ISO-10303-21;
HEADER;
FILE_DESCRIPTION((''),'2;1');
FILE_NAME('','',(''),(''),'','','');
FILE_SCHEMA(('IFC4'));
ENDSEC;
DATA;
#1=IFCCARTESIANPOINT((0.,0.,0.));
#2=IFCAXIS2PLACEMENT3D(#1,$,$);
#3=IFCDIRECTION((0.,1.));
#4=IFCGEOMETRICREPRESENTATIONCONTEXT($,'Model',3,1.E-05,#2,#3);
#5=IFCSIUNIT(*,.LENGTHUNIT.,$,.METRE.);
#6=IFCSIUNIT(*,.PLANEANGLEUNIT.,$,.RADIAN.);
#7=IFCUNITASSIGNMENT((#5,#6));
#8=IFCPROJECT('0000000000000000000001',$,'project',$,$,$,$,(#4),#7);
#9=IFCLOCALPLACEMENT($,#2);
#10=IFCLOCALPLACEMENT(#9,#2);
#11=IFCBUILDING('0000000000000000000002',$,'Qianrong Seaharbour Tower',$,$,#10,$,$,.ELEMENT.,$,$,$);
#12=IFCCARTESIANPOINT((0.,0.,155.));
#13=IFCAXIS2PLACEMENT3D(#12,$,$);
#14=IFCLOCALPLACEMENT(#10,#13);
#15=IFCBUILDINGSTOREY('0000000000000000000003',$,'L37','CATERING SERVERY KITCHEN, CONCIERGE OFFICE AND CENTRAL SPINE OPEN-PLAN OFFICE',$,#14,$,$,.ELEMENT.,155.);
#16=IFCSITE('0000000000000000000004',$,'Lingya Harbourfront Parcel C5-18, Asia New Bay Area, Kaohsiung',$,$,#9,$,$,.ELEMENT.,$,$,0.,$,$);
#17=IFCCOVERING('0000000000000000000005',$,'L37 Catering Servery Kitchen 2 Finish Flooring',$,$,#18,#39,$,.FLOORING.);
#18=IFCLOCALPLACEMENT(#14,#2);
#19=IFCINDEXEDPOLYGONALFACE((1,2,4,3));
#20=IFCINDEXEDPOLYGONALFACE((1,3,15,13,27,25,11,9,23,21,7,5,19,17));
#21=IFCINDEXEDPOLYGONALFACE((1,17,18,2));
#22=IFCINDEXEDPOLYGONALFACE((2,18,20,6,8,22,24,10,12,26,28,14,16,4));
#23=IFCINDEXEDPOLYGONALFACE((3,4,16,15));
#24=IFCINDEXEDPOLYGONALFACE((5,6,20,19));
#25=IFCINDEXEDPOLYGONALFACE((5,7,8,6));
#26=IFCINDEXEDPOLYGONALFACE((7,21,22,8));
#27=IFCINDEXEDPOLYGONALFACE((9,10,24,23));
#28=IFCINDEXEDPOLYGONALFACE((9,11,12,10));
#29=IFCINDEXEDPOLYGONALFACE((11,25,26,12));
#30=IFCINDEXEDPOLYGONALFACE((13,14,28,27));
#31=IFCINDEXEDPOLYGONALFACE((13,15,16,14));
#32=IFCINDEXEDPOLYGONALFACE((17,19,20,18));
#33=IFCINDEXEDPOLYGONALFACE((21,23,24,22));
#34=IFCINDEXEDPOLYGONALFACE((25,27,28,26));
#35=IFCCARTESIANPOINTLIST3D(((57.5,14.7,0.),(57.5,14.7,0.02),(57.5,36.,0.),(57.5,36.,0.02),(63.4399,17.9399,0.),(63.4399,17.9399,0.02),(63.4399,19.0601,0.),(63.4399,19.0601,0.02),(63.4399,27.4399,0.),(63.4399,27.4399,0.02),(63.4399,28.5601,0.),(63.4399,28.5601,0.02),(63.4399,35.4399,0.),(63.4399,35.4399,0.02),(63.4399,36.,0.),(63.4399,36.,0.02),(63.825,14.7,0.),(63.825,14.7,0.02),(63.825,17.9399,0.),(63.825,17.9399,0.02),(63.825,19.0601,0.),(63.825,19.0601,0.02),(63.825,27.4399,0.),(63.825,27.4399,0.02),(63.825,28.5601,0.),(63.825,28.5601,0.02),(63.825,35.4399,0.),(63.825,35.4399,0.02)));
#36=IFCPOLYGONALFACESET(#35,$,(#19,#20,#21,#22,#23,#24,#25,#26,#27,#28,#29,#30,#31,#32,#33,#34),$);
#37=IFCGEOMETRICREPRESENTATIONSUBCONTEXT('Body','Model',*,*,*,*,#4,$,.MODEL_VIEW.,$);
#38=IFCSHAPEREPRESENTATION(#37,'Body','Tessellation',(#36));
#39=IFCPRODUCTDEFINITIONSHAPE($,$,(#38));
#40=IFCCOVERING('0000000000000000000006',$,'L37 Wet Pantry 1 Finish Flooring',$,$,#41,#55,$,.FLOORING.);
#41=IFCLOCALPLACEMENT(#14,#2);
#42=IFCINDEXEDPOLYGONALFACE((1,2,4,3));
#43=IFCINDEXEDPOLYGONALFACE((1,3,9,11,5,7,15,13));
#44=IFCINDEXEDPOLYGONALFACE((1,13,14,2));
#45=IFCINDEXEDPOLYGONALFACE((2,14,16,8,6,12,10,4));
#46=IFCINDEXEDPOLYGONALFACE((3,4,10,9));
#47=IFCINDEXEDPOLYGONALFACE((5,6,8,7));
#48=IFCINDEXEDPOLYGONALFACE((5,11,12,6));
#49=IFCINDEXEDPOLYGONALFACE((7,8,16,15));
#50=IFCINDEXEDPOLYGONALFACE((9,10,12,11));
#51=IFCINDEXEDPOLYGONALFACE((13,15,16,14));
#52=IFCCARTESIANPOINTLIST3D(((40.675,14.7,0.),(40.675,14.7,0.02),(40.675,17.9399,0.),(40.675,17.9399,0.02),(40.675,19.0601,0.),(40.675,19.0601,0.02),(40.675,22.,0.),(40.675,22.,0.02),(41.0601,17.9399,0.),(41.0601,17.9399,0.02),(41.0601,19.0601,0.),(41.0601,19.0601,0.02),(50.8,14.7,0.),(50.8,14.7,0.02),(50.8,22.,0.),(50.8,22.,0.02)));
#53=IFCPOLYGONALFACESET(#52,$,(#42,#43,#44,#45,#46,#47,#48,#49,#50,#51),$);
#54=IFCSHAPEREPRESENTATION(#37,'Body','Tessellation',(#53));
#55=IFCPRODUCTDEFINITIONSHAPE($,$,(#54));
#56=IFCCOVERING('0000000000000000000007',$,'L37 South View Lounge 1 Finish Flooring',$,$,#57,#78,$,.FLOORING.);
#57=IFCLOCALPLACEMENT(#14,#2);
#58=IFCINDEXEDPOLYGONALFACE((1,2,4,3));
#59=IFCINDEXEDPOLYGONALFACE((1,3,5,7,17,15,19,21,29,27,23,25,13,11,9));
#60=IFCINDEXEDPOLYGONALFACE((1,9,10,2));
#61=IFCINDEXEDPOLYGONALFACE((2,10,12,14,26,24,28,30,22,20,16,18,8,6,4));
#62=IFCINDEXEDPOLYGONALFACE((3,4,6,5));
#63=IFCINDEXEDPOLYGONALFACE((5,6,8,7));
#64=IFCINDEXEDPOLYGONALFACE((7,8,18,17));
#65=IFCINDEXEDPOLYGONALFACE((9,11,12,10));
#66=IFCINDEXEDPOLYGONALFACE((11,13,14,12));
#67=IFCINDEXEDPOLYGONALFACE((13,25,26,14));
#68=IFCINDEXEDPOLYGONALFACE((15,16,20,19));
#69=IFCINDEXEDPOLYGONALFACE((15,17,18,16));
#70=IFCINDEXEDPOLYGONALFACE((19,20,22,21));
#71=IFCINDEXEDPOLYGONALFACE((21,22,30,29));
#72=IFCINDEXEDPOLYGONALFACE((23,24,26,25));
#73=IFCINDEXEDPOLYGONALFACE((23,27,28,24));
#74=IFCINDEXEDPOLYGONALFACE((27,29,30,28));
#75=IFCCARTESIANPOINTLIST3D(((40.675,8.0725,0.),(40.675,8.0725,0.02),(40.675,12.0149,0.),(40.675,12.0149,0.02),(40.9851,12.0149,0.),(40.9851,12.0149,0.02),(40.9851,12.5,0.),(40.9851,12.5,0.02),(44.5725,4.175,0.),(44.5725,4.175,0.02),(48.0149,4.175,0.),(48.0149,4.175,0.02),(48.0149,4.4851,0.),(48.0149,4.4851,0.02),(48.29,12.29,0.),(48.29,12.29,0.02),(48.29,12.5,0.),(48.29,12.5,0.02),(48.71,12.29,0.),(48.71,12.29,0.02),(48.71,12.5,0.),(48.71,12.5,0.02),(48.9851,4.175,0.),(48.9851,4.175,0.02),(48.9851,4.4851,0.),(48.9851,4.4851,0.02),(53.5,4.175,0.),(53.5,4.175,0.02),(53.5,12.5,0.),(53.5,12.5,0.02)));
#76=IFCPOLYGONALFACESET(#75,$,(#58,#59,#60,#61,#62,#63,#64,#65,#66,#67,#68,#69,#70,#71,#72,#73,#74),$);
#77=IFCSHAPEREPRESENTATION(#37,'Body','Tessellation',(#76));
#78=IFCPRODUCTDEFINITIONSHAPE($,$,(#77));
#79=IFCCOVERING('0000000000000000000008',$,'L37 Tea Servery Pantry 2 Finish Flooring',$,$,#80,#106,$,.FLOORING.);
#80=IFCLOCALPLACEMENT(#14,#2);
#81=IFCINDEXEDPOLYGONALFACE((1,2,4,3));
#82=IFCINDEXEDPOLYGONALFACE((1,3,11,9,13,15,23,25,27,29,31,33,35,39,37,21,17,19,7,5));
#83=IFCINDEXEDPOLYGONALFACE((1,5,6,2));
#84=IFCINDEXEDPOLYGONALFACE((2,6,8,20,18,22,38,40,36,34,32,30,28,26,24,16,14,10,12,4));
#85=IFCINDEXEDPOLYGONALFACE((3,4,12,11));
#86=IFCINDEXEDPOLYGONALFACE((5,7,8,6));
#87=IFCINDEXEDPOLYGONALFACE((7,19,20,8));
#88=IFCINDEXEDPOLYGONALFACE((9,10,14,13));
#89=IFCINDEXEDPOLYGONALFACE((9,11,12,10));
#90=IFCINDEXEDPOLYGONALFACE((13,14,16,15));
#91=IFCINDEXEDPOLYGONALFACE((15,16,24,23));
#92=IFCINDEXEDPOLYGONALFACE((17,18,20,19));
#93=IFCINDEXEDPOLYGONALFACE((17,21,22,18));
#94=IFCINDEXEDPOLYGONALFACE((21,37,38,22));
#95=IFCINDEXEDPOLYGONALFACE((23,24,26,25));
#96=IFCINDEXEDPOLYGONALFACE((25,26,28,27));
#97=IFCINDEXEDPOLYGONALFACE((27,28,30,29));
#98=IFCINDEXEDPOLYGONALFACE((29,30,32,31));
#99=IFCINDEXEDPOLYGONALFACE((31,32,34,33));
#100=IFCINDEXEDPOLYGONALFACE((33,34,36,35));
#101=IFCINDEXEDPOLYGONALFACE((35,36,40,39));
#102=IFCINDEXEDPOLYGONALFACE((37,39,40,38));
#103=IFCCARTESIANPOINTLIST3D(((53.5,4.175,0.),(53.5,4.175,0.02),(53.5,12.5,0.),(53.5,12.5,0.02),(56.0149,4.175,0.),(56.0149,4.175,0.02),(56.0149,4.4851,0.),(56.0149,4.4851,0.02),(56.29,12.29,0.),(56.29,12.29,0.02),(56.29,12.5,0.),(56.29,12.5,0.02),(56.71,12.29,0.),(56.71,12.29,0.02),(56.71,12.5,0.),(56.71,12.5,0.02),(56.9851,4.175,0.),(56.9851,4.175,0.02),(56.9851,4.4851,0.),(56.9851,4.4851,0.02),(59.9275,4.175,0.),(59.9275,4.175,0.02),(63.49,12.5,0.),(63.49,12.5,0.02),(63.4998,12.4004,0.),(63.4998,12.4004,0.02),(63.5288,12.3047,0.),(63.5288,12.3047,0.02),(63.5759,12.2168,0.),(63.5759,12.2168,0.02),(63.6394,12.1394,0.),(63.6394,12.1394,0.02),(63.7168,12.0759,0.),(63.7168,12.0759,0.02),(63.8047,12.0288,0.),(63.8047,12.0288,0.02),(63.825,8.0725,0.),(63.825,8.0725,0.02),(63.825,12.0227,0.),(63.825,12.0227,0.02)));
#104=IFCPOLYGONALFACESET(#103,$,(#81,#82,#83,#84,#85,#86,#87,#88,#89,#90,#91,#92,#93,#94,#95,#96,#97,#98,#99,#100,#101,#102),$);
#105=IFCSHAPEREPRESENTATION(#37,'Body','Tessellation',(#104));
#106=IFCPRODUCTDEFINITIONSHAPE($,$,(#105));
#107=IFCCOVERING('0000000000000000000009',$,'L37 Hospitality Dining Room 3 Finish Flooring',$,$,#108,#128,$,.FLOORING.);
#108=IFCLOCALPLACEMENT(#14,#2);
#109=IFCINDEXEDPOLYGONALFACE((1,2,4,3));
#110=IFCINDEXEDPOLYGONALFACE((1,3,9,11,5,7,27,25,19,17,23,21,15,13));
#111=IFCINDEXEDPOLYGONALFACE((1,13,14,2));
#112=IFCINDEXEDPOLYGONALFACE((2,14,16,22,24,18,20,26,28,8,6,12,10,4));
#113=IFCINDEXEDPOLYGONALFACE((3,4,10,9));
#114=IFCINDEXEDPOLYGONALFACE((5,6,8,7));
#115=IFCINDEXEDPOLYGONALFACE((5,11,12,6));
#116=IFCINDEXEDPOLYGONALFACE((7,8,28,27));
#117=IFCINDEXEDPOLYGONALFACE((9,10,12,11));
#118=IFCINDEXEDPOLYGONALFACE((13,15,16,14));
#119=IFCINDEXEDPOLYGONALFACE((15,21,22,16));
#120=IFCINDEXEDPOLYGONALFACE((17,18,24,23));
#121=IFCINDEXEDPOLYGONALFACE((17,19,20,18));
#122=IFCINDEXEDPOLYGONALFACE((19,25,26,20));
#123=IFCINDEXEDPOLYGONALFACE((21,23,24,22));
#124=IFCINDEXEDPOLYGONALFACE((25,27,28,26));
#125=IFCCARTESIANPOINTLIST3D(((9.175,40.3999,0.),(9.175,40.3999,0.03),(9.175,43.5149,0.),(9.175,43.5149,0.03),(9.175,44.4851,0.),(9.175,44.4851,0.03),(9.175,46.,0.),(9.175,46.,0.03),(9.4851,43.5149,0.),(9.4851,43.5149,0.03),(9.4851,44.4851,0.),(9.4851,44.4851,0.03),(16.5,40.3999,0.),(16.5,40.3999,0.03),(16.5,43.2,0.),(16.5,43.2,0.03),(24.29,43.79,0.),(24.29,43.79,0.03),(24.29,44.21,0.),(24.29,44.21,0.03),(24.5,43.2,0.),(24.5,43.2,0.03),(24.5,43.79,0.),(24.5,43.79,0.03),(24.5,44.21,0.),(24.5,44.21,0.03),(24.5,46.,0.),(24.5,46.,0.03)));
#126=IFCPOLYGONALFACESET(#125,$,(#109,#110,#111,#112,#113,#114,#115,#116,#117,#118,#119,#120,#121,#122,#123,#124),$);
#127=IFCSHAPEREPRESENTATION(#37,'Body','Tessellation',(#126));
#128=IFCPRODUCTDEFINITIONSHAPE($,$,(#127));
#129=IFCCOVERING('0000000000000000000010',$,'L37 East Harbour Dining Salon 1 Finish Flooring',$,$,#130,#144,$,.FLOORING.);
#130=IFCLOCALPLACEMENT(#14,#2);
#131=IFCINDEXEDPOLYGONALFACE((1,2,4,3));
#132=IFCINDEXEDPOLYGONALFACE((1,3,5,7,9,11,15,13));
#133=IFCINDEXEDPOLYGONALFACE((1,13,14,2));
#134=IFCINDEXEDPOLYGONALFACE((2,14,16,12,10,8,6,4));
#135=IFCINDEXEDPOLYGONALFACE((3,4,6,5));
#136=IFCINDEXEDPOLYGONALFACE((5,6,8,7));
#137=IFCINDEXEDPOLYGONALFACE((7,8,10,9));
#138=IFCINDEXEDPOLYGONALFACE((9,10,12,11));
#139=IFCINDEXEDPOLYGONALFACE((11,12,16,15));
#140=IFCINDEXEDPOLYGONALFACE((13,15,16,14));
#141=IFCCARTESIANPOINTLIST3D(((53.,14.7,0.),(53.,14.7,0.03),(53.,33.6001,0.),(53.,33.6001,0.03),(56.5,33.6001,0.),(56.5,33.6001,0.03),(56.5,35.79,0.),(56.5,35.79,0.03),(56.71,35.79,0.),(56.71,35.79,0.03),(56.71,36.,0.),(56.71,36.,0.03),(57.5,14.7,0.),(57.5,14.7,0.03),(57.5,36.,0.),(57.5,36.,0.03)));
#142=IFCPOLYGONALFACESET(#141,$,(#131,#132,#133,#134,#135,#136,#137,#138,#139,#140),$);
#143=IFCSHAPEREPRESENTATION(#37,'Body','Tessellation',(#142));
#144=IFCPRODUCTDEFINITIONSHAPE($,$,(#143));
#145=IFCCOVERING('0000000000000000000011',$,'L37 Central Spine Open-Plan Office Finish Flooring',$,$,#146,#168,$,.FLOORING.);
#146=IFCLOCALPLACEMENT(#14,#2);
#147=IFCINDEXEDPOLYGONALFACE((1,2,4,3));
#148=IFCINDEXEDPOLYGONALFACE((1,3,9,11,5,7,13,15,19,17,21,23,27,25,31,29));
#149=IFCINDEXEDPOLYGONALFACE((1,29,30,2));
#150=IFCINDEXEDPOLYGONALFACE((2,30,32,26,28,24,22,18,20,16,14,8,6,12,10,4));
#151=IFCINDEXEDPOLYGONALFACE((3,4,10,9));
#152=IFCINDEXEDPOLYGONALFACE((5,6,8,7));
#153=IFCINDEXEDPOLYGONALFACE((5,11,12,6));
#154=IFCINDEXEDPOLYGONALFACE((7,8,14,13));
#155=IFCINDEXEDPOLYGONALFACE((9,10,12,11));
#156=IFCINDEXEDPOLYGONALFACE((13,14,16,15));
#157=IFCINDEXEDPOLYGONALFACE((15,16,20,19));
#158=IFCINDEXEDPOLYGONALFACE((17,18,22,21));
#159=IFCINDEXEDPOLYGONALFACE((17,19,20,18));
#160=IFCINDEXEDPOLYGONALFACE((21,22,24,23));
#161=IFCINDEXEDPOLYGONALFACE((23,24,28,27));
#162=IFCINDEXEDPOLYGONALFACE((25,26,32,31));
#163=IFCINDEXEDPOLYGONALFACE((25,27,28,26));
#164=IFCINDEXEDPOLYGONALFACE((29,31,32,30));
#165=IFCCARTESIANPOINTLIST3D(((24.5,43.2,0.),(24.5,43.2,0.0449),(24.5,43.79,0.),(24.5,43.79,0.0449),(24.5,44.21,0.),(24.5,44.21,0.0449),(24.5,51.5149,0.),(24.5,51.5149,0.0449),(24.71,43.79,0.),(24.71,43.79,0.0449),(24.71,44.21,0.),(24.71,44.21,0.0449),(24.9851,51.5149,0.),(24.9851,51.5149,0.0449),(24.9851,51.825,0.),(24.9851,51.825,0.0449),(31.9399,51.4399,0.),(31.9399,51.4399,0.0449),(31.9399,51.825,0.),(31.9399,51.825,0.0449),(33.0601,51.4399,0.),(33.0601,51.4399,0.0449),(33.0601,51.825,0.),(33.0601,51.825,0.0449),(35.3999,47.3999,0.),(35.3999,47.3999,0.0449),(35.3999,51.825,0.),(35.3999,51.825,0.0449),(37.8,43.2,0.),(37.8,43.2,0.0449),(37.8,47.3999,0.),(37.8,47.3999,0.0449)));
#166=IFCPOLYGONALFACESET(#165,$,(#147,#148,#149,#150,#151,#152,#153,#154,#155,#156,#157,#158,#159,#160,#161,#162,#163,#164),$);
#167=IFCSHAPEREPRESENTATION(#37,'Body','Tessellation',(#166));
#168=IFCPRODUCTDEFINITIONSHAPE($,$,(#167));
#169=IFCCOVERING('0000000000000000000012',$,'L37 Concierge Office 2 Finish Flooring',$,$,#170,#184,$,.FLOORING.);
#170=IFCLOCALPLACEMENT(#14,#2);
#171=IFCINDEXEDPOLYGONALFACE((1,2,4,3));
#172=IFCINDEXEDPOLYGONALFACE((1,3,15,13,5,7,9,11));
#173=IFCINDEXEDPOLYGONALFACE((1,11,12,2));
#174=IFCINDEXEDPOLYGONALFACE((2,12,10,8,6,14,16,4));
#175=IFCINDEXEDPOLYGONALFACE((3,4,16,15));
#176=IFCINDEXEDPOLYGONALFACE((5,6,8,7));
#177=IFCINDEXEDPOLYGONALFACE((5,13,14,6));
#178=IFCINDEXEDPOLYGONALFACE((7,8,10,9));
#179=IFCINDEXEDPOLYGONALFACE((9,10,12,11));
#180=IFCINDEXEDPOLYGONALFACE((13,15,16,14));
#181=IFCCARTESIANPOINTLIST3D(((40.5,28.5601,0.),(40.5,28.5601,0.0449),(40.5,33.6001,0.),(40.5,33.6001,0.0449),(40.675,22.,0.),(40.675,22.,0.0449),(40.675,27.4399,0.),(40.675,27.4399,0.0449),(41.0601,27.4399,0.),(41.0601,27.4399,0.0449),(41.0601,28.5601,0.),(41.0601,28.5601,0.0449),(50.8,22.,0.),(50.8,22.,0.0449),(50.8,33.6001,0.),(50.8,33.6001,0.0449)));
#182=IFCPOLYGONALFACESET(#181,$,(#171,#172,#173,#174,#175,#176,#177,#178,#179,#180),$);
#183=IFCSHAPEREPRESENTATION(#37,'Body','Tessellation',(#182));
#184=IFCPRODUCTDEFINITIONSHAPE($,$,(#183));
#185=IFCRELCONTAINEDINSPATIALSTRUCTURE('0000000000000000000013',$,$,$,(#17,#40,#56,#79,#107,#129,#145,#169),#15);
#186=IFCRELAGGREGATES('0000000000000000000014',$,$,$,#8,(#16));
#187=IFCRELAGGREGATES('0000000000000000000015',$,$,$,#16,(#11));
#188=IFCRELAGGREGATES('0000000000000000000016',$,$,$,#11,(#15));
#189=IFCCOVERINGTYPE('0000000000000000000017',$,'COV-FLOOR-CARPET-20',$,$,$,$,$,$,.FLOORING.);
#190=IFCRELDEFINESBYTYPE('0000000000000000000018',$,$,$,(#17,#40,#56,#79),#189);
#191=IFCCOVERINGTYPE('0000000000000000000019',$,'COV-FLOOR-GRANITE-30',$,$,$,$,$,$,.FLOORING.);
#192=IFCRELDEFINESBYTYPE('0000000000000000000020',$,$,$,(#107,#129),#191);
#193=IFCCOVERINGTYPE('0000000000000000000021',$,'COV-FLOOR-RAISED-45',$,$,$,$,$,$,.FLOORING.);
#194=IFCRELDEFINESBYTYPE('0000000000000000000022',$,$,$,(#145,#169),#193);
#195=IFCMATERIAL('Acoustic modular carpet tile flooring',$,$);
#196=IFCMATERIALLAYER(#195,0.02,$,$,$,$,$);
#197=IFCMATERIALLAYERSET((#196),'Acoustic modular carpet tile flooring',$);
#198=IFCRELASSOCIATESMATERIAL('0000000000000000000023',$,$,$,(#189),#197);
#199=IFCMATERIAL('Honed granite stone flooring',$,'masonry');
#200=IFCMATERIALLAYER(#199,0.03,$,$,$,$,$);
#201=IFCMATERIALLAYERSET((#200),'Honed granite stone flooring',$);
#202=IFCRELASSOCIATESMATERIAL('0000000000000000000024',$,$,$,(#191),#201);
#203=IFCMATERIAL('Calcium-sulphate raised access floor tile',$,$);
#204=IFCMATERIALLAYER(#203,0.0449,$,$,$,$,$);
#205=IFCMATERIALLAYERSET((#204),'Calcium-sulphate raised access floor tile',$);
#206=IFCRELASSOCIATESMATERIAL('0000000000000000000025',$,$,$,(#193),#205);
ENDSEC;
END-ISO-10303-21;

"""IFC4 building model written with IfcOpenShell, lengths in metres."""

from ifc_helpers import new_model, si_unit, direction, frame, origin, place, context, subcontext, project, spatial, polyline, outline, extrude, material, layer, layer_set, type_object, element, save


model = new_model("IFC4")

# Units and contexts
model_context = context("Model", 3, precision=1e-05, world=origin(), true_north=direction((0.0, 1.0)))
body_context = subcontext(model_context, "Body", "Model", "MODEL_VIEW")
ifc_project = project(units=[si_unit("LENGTHUNIT", "METRE"), si_unit("PLANEANGLEUNIT", "RADIAN")], contexts=[model_context])

# Site, building, storey
site_placement = place(None, origin())
site = spatial("IfcSite", under=ifc_project, at=site_placement, Name="Lingya Harbourfront Parcel C5-18, Asia New Bay Area, Kaohsiung", CompositionType="ELEMENT", RefElevation=0.0)
building_placement = place(site_placement, origin())
building = spatial("IfcBuilding", under=site, at=building_placement, Name="Qianrong Seaharbour Tower", CompositionType="ELEMENT")
storey_placement = place(building_placement, frame((0.0, 0.0, 155.0)))
storey = spatial("IfcBuildingStorey", under=building, at=storey_placement, Name="L37", Description="CATERING SERVERY KITCHEN, CONCIERGE OFFICE AND CENTRAL SPINE OPEN-PLAN OFFICE", CompositionType="ELEMENT", Elevation=155.0)

# Coverings
ifc_material_1 = material(Name="Acoustic modular carpet tile flooring")
ifc_layer_1 = layer(ifc_material_1, 0.02)
ifc_layer_set_1 = layer_set([ifc_layer_1], Name="Acoustic modular carpet tile flooring")
covering_type_1 = type_object("IfcCoveringType", Name="COV-FLOOR-CARPET-20", PredefinedType="FLOORING", material=ifc_layer_set_1)
covering_1_placement = place(storey_placement, origin())
element("IfcCovering", 1, at=covering_1_placement, inside=storey, type_object=covering_type_1, Name="L37 Catering Servery Kitchen 2 Finish Flooring", PredefinedType="FLOORING", context=body_context, shape_type="SweptSolid", body=[
    extrude(outline(polyline([(63.4399, 36.0), (63.4399, 35.4399), (63.825, 35.4399), (63.825, 28.5601), (63.4399, 28.5601), (63.4399, 27.4399), (63.825, 27.4399), (63.825, 19.0601), (63.4399, 19.0601), (63.4399, 17.9399), (63.825, 17.9399), (63.825, 14.7), (57.5, 14.7), (57.5, 36.0), (63.4399, 36.0)])), origin(), (0.0, 0.0, 1.0), 0.02),
])
covering_2_placement = place(storey_placement, origin())
element("IfcCovering", 2, at=covering_2_placement, inside=storey, type_object=covering_type_1, Name="L37 Wet Pantry 1 Finish Flooring", PredefinedType="FLOORING", context=body_context, shape_type="SweptSolid", body=[
    extrude(outline(polyline([(40.675, 14.7), (40.675, 17.9399), (41.0601, 17.9399), (41.0601, 19.0601), (40.675, 19.0601), (40.675, 22.0), (50.8, 22.0), (50.8, 14.7), (40.675, 14.7)])), origin(), (0.0, 0.0, 1.0), 0.02),
])
covering_3_placement = place(storey_placement, origin())
element("IfcCovering", 3, at=covering_3_placement, inside=storey, type_object=covering_type_1, Name="L37 South View Lounge 1 Finish Flooring", PredefinedType="FLOORING", context=body_context, shape_type="SweptSolid", body=[
    extrude(outline(polyline([(48.9851, 4.175), (48.9851, 4.4851), (48.0149, 4.4851), (48.0149, 4.175), (44.5725, 4.175), (40.675, 8.0725), (40.675, 12.0149), (40.9851, 12.0149), (40.9851, 12.5), (48.29, 12.5), (48.29, 12.29), (48.71, 12.29), (48.71, 12.5), (53.5, 12.5), (53.5, 4.175), (48.9851, 4.175)])), origin(), (0.0, 0.0, 1.0), 0.02),
])
covering_4_placement = place(storey_placement, origin())
element("IfcCovering", 4, at=covering_4_placement, inside=storey, type_object=covering_type_1, Name="L37 Tea Servery Pantry 2 Finish Flooring", PredefinedType="FLOORING", context=body_context, shape_type="SweptSolid", body=[
    extrude(outline(polyline([(63.825, 8.0725), (59.9275, 4.175), (56.9851, 4.175), (56.9851, 4.4851), (56.0149, 4.4851), (56.0149, 4.175), (53.5, 4.175), (53.5, 12.5), (56.29, 12.5), (56.29, 12.29), (56.71, 12.29), (56.71, 12.5), (63.49, 12.5), (63.4998, 12.4004), (63.5288, 12.3047), (63.5759, 12.2168), (63.6394, 12.1394), (63.7168, 12.0759), (63.8047, 12.0288), (63.825, 12.0227), (63.825, 8.0725)])), origin(), (0.0, 0.0, 1.0), 0.02),
])
ifc_material_2 = material(Name="Honed granite stone flooring", Category="masonry")
ifc_layer_2 = layer(ifc_material_2, 0.03)
ifc_layer_set_2 = layer_set([ifc_layer_2], Name="Honed granite stone flooring")
covering_type_2 = type_object("IfcCoveringType", Name="COV-FLOOR-GRANITE-30", PredefinedType="FLOORING", material=ifc_layer_set_2)
covering_5_placement = place(storey_placement, origin())
element("IfcCovering", 5, at=covering_5_placement, inside=storey, type_object=covering_type_2, Name="L37 Hospitality Dining Room 3 Finish Flooring", PredefinedType="FLOORING", context=body_context, shape_type="SweptSolid", body=[
    extrude(outline(polyline([(16.5, 43.2), (16.5, 40.3999), (9.175, 40.3999), (9.175, 43.5149), (9.4851, 43.5149), (9.4851, 44.4851), (9.175, 44.4851), (9.175, 46.0), (24.5, 46.0), (24.5, 44.21), (24.29, 44.21), (24.29, 43.79), (24.5, 43.79), (24.5, 43.2), (16.5, 43.2)])), origin(), (0.0, 0.0, 1.0), 0.03),
])
covering_6_placement = place(storey_placement, origin())
element("IfcCovering", 6, at=covering_6_placement, inside=storey, type_object=covering_type_2, Name="L37 East Harbour Dining Salon 1 Finish Flooring", PredefinedType="FLOORING", context=body_context, shape_type="SweptSolid", body=[
    extrude(outline(polyline([(56.5, 33.6001), (56.5, 35.79), (56.71, 35.79), (56.71, 36.0), (57.5, 36.0), (57.5, 14.7), (53.0, 14.7), (53.0, 33.6001), (56.5, 33.6001)])), origin(), (0.0, 0.0, 1.0), 0.03),
])
ifc_material_3 = material(Name="Calcium-sulphate raised access floor tile")
ifc_layer_3 = layer(ifc_material_3, 0.0449)
ifc_layer_set_3 = layer_set([ifc_layer_3], Name="Calcium-sulphate raised access floor tile")
covering_type_3 = type_object("IfcCoveringType", Name="COV-FLOOR-RAISED-45", PredefinedType="FLOORING", material=ifc_layer_set_3)
covering_7_placement = place(storey_placement, origin())
element("IfcCovering", 7, at=covering_7_placement, inside=storey, type_object=covering_type_3, Name="L37 Central Spine Open-Plan Office Finish Flooring", PredefinedType="FLOORING", context=body_context, shape_type="SweptSolid", body=[
    extrude(outline(polyline([(31.9399, 51.825), (31.9399, 51.4399), (33.0601, 51.4399), (33.0601, 51.825), (35.3999, 51.825), (35.3999, 47.3999), (37.8, 47.3999), (37.8, 43.2), (24.5, 43.2), (24.5, 43.79), (24.71, 43.79), (24.71, 44.21), (24.5, 44.21), (24.5, 51.5149), (24.9851, 51.5149), (24.9851, 51.825), (31.9399, 51.825)])), origin(), (0.0, 0.0, 1.0), 0.0449),
])
covering_8_placement = place(storey_placement, origin())
element("IfcCovering", 8, at=covering_8_placement, inside=storey, type_object=covering_type_3, Name="L37 Concierge Office 2 Finish Flooring", PredefinedType="FLOORING", context=body_context, shape_type="SweptSolid", body=[
    extrude(outline(polyline([(50.8, 22.0), (40.675, 22.0), (40.675, 27.4399), (41.0601, 27.4399), (41.0601, 28.5601), (40.5, 28.5601), (40.5, 33.6001), (50.8, 33.6001), (50.8, 22.0)])), origin(), (0.0, 0.0, 1.0), 0.0449),
])

save(model, "model.ifc")
